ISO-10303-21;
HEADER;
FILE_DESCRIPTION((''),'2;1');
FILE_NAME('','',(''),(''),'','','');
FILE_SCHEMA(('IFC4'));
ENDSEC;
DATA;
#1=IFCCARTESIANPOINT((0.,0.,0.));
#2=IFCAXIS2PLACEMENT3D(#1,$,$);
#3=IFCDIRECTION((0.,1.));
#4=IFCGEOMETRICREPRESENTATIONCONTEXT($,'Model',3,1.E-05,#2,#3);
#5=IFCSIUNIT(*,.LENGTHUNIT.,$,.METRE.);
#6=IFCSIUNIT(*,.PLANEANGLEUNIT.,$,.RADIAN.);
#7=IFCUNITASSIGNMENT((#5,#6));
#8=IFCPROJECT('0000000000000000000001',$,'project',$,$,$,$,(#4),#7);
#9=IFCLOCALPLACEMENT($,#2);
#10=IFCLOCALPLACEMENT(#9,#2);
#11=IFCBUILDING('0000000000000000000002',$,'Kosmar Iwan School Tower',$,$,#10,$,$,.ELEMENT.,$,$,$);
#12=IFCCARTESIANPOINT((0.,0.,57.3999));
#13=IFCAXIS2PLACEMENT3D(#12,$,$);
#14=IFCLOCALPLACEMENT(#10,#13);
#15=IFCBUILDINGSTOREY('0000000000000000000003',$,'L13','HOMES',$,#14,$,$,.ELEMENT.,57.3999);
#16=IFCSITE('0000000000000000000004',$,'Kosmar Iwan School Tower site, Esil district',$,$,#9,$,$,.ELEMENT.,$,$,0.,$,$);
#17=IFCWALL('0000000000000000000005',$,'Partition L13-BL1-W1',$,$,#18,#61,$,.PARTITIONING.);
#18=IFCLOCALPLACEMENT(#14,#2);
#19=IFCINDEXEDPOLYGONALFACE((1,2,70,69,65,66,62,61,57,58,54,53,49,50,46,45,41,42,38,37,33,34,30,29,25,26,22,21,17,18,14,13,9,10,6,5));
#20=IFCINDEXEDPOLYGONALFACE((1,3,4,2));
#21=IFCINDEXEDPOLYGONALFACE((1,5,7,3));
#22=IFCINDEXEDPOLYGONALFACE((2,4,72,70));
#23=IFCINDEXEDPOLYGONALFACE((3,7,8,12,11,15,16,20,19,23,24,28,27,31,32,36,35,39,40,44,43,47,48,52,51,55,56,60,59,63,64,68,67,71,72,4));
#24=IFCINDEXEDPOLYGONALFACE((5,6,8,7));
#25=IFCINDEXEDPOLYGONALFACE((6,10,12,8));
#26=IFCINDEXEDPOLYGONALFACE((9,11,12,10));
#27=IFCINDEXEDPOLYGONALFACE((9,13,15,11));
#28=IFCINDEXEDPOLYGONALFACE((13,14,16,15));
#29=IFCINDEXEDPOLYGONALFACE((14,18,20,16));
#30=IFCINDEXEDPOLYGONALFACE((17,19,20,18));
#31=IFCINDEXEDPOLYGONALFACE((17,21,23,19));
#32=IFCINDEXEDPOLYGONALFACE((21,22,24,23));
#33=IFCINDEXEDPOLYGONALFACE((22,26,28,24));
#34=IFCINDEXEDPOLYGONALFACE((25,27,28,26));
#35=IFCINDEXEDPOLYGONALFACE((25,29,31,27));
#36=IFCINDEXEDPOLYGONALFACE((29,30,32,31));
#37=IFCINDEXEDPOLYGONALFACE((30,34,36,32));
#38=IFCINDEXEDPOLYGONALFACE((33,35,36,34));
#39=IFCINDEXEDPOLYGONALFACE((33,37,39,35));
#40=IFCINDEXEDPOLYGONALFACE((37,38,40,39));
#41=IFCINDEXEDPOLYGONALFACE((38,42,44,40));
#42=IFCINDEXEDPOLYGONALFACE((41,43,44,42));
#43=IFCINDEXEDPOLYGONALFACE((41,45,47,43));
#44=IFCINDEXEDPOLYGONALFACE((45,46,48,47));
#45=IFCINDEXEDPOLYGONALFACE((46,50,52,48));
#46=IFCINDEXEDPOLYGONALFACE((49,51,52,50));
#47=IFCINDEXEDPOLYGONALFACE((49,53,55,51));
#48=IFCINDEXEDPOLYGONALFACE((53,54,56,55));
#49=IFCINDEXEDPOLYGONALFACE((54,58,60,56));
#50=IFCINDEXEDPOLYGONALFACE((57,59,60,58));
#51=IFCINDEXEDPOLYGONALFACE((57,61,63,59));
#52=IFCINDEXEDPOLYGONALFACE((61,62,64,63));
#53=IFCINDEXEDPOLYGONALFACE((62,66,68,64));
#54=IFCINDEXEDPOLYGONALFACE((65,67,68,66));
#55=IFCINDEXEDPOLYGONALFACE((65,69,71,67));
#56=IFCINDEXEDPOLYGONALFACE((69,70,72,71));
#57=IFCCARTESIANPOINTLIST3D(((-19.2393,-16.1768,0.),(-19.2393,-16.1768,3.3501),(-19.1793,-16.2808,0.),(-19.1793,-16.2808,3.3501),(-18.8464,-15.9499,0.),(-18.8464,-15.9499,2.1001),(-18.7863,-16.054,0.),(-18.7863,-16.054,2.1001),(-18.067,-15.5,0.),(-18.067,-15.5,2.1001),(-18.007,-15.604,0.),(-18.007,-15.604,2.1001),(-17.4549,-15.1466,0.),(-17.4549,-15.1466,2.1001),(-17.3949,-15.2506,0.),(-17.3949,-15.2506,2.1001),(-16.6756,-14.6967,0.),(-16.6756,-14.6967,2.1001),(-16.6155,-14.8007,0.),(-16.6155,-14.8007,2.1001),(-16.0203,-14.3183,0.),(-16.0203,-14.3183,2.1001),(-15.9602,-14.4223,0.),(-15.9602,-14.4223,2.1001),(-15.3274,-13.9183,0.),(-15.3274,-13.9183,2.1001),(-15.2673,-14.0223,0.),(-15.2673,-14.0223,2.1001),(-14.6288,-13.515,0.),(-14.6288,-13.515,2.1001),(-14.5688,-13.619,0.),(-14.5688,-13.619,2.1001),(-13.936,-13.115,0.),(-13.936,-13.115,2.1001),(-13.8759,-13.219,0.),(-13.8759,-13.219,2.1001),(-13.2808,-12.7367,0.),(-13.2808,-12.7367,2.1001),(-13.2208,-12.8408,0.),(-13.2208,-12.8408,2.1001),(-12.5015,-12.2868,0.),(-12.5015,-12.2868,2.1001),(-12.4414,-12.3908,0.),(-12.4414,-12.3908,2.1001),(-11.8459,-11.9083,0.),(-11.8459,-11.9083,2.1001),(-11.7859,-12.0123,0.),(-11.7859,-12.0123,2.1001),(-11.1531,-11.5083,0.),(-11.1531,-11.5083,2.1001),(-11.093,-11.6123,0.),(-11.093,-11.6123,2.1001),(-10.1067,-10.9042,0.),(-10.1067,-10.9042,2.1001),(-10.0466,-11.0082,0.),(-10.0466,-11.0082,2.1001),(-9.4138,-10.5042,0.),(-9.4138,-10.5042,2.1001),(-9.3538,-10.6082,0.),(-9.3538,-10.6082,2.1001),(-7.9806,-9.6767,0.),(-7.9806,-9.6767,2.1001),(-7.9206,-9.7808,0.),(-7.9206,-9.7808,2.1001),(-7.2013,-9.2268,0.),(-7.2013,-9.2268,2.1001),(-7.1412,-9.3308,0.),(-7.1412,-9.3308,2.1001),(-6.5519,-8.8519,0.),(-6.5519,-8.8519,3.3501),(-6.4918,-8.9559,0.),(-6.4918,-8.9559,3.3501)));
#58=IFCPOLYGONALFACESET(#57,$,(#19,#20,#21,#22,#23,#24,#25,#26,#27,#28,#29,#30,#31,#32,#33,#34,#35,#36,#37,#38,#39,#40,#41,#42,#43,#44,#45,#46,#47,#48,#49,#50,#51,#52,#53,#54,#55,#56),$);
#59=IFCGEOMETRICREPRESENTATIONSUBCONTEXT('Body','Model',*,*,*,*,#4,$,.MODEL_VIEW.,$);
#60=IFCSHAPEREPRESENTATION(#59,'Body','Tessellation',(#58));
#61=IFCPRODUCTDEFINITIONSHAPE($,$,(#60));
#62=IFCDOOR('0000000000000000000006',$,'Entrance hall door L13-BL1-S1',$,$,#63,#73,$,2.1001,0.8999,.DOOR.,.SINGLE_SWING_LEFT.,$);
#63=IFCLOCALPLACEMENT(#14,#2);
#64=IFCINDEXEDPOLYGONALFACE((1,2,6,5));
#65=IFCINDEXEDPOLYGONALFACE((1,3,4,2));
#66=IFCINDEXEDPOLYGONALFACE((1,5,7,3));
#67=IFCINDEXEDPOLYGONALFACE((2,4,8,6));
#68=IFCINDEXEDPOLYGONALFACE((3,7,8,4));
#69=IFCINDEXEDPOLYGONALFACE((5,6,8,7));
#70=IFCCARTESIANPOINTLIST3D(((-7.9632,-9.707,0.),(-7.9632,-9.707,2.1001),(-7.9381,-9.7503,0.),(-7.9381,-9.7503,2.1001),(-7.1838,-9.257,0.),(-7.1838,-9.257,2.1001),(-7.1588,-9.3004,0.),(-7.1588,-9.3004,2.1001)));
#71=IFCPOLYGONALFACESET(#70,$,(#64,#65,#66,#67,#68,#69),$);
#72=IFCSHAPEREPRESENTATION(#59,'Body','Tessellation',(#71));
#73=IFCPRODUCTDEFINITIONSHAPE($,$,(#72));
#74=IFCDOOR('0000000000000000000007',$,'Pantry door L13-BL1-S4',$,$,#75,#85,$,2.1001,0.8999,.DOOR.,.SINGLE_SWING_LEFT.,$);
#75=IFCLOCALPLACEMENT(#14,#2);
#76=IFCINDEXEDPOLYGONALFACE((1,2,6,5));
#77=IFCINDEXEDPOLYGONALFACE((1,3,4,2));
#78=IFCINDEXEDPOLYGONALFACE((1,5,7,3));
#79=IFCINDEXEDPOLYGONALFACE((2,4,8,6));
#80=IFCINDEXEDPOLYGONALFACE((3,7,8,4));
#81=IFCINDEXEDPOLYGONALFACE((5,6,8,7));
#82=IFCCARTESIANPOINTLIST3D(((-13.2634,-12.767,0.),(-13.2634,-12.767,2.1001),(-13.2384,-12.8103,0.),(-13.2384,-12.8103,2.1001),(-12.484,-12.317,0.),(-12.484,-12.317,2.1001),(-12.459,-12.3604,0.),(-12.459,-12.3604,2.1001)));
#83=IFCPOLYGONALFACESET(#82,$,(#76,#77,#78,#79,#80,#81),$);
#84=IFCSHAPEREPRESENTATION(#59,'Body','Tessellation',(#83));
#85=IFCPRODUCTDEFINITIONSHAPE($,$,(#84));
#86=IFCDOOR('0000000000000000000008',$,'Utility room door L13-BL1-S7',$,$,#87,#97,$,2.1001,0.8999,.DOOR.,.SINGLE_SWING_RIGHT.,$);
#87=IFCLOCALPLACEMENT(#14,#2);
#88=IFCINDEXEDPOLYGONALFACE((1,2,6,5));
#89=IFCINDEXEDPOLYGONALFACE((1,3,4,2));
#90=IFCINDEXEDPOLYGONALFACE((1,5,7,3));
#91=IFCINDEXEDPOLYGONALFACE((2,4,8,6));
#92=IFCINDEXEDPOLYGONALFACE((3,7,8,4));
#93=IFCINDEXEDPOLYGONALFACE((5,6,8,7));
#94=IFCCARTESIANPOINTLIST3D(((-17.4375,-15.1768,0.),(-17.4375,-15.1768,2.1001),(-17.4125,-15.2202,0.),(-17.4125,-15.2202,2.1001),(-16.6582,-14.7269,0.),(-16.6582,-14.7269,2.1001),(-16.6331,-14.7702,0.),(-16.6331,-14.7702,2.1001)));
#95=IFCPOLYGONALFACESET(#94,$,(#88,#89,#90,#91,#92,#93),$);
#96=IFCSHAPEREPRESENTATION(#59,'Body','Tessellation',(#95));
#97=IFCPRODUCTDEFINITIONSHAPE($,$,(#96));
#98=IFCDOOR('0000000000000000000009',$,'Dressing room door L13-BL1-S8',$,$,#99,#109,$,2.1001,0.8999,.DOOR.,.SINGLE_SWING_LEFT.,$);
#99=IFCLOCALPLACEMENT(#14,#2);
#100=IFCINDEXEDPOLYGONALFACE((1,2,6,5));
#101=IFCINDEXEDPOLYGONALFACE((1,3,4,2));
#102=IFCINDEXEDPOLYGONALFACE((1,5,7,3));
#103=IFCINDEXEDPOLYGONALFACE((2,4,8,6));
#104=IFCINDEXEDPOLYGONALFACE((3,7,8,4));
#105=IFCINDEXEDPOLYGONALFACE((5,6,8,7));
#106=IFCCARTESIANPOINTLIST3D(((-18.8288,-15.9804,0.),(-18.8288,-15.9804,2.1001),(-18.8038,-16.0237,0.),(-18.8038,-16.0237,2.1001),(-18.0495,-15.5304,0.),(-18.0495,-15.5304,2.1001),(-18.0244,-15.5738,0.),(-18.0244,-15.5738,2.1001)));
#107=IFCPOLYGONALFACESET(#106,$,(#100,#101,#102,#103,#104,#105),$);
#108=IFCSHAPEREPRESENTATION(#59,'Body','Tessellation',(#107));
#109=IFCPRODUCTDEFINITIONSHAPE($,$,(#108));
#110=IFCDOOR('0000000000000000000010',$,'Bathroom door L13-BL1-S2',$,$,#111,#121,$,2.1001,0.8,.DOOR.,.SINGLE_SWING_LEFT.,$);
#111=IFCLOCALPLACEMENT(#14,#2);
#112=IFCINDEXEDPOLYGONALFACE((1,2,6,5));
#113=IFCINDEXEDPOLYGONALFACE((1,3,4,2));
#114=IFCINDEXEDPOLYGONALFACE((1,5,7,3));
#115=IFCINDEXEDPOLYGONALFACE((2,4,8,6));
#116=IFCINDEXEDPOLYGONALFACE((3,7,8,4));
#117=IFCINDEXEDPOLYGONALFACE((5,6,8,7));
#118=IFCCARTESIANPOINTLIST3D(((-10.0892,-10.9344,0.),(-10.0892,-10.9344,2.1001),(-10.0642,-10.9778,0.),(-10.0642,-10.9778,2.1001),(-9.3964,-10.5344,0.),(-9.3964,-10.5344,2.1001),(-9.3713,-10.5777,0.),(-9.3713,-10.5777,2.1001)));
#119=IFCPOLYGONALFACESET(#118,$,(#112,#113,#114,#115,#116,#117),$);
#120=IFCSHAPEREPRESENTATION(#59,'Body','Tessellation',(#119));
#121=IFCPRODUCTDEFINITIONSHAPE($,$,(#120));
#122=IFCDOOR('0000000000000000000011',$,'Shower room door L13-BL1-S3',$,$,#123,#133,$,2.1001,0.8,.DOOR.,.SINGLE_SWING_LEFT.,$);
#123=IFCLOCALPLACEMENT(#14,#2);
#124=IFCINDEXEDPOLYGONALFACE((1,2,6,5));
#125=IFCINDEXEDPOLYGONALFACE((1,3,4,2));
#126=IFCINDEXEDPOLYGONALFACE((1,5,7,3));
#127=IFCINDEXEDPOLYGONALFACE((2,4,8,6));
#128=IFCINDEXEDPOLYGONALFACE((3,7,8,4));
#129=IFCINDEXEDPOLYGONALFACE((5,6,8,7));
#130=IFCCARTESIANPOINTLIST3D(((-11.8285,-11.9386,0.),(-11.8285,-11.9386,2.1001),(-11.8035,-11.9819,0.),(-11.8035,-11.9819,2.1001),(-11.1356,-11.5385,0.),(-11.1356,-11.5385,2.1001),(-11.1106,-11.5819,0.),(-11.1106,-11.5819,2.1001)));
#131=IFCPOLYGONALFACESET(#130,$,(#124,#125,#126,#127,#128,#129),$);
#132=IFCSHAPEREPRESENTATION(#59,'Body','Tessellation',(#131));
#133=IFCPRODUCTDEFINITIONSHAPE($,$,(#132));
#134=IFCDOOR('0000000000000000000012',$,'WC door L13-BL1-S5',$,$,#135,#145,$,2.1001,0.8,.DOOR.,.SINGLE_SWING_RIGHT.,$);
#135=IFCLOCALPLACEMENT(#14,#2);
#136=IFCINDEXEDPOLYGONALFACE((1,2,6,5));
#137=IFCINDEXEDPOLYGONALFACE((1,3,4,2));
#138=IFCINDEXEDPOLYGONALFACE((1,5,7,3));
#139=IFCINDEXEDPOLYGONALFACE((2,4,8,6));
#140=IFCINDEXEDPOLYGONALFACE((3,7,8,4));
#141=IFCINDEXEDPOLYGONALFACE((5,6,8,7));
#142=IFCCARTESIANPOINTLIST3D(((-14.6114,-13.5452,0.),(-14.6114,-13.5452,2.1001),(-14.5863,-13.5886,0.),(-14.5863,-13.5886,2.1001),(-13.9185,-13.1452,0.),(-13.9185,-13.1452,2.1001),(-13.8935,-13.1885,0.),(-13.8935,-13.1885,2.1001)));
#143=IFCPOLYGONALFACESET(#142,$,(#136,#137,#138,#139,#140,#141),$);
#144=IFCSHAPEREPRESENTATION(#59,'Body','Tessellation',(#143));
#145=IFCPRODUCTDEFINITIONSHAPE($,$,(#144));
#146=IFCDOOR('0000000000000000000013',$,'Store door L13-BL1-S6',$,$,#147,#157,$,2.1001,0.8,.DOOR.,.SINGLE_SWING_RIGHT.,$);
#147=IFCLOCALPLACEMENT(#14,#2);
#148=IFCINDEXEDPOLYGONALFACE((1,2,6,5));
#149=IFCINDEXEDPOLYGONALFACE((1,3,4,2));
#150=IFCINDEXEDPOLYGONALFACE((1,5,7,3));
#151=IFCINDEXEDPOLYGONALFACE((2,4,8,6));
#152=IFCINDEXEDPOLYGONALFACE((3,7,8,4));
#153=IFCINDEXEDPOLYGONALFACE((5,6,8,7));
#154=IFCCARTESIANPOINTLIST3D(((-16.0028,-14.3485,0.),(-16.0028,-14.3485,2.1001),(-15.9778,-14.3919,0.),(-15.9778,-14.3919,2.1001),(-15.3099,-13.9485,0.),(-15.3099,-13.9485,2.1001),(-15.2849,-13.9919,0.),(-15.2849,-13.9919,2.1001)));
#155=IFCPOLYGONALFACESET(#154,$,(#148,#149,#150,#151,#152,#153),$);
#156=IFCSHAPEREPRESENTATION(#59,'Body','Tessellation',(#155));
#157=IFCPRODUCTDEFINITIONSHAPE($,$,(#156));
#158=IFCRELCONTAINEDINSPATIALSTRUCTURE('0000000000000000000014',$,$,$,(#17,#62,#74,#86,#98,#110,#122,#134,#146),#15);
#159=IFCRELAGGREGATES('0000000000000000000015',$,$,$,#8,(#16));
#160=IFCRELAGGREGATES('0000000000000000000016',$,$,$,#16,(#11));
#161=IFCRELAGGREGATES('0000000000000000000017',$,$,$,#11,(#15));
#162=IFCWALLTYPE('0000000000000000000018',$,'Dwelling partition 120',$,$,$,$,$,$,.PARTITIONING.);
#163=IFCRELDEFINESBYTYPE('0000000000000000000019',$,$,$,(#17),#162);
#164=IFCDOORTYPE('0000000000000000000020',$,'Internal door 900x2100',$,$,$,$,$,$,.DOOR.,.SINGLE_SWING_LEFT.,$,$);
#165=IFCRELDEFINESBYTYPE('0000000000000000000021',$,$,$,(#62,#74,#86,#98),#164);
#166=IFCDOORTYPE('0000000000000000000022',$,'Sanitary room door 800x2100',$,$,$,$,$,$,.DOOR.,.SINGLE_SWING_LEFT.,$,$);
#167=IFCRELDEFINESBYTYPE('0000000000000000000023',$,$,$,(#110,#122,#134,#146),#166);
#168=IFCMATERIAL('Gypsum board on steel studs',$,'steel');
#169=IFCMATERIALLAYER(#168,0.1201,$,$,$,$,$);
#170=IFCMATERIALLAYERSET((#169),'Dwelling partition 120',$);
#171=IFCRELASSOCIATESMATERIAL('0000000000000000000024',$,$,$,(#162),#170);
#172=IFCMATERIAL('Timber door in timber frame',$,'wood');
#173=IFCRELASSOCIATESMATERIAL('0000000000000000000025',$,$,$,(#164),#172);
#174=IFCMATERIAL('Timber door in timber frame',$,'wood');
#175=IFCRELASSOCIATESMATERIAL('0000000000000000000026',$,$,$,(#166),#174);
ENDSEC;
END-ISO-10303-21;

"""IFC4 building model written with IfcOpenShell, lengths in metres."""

from ifc_helpers import new_model, si_unit, direction, frame, frame_2d, origin, place, context, subcontext, project, spatial, rectangle, extrude, material, layer, layer_set, type_object, element, fill, save


model = new_model("IFC4")

# Units and contexts
model_context = context("Model", 3, precision=1e-05, world=origin(), true_north=direction((0.0, 1.0)))
body_context = subcontext(model_context, "Body", "Model", "MODEL_VIEW")
ifc_project = project(units=[si_unit("LENGTHUNIT", "METRE"), si_unit("PLANEANGLEUNIT", "RADIAN")], contexts=[model_context])

# Site, building, storey
site_placement = place(None, origin())
site = spatial("IfcSite", under=ifc_project, at=site_placement, Name="Kosmar Iwan School Tower site, Esil district", CompositionType="ELEMENT", RefElevation=0.0)
building_placement = place(site_placement, origin())
building = spatial("IfcBuilding", under=site, at=building_placement, Name="Kosmar Iwan School Tower", CompositionType="ELEMENT")
storey_placement = place(building_placement, frame((0.0, 0.0, 57.3999)))
storey = spatial("IfcBuildingStorey", under=building, at=storey_placement, Name="L13", Description="HOMES", CompositionType="ELEMENT", Elevation=57.3999)

# Wall, openings, doors
ifc_material_1 = material(Name="Gypsum board on steel studs", Category="steel")
ifc_layer_1 = layer(ifc_material_1, 0.1201)
ifc_layer_set_1 = layer_set([ifc_layer_1], Name="Dwelling partition 120")
wall_type_1 = type_object("IfcWallType", Name="Dwelling partition 120", PredefinedType="PARTITIONING", material=ifc_layer_set_1)
wall_1_placement = place(storey_placement, frame((-6.5217, -8.9038, 0.0), z_axis=(0.0, 0.0, 1.0), x_axis=(-0.866031, -0.499991, 0.0)))
wall_1 = element("IfcWall", 1, at=wall_1_placement, inside=storey, type_object=wall_type_1, Name="Partition L13-BL1-W1", PredefinedType="PARTITIONING", context=body_context, shape_type="SweptSolid", body=[
    extrude(rectangle(XDim=14.6501, YDim=0.1201, at=frame_2d((7.3252, 0.0))), origin(), (0.0, 0.0, 1.0), 3.3501),
])
opening_1_placement = place(wall_1_placement, frame((0.75, 0.0, 0.0)))
opening_1 = element("IfcOpeningElement", 2, at=opening_1_placement, cuts=wall_1, PredefinedType="OPENING", context=body_context, shape_type="SweptSolid", body=[
    extrude(rectangle(XDim=0.8999, YDim=2.1001, at=frame_2d((0.45, 1.05))), frame((0.0, 0.072, 0.0), z_axis=(0.0, -1.0, 0.0), x_axis=(1.0, 0.0, 0.0)), (0.0, 0.0, 1.0), 0.144),
])
opening_2_placement = place(wall_1_placement, frame((3.3049, 0.0, 0.0)))
opening_2 = element("IfcOpeningElement", 3, at=opening_2_placement, cuts=wall_1, PredefinedType="OPENING", context=body_context, shape_type="SweptSolid", body=[
    extrude(rectangle(XDim=0.8, YDim=2.1001, at=frame_2d((0.3999, 1.05))), frame((0.0, 0.072, 0.0), z_axis=(0.0, -1.0, 0.0), x_axis=(1.0, 0.0, 0.0)), (0.0, 0.0, 1.0), 0.144),
])
opening_3_placement = place(wall_1_placement, frame((5.3132, 0.0, 0.0)))
opening_3 = element("IfcOpeningElement", 4, at=opening_3_placement, cuts=wall_1, PredefinedType="OPENING", context=body_context, shape_type="SweptSolid", body=[
    extrude(rectangle(XDim=0.8, YDim=2.1001, at=frame_2d((0.3999, 1.05))), frame((0.0, 0.072, 0.0), z_axis=(0.0, -1.0, 0.0), x_axis=(1.0, 0.0, 0.0)), (0.0, 0.0, 1.0), 0.144),
])
opening_4_placement = place(wall_1_placement, frame((6.8701, 0.0, 0.0)))
opening_4 = element("IfcOpeningElement", 5, at=opening_4_placement, cuts=wall_1, PredefinedType="OPENING", context=body_context, shape_type="SweptSolid", body=[
    extrude(rectangle(XDim=0.8999, YDim=2.1001, at=frame_2d((0.45, 1.05))), frame((0.0, 0.072, 0.0), z_axis=(0.0, -1.0, 0.0), x_axis=(1.0, 0.0, 0.0)), (0.0, 0.0, 1.0), 0.144),
])
opening_5_placement = place(wall_1_placement, frame((8.5266, 0.0, 0.0)))
opening_5 = element("IfcOpeningElement", 6, at=opening_5_placement, cuts=wall_1, PredefinedType="OPENING", context=body_context, shape_type="SweptSolid", body=[
    extrude(rectangle(XDim=0.8, YDim=2.1001, at=frame_2d((0.3999, 1.05))), frame((0.0, 0.072, 0.0), z_axis=(0.0, -1.0, 0.0), x_axis=(1.0, 0.0, 0.0)), (0.0, 0.0, 1.0), 0.144),
])
opening_6_placement = place(wall_1_placement, frame((10.1333, 0.0, 0.0)))
opening_6 = element("IfcOpeningElement", 7, at=opening_6_placement, cuts=wall_1, PredefinedType="OPENING", context=body_context, shape_type="SweptSolid", body=[
    extrude(rectangle(XDim=0.8, YDim=2.1001, at=frame_2d((0.3999, 1.05))), frame((0.0, 0.072, 0.0), z_axis=(0.0, -1.0, 0.0), x_axis=(1.0, 0.0, 0.0)), (0.0, 0.0, 1.0), 0.144),
])
opening_7_placement = place(wall_1_placement, frame((11.6899, 0.0, 0.0)))
opening_7 = element("IfcOpeningElement", 8, at=opening_7_placement, cuts=wall_1, PredefinedType="OPENING", context=body_context, shape_type="SweptSolid", body=[
    extrude(rectangle(XDim=0.8999, YDim=2.1001, at=frame_2d((0.45, 1.05))), frame((0.0, 0.072, 0.0), z_axis=(0.0, -1.0, 0.0), x_axis=(1.0, 0.0, 0.0)), (0.0, 0.0, 1.0), 0.144),
])
opening_8_placement = place(wall_1_placement, frame((13.2966, 0.0, 0.0)))
opening_8 = element("IfcOpeningElement", 9, at=opening_8_placement, cuts=wall_1, PredefinedType="OPENING", context=body_context, shape_type="SweptSolid", body=[
    extrude(rectangle(XDim=0.8999, YDim=2.1001, at=frame_2d((0.45, 1.05))), frame((0.0, 0.072, 0.0), z_axis=(0.0, -1.0, 0.0), x_axis=(1.0, 0.0, 0.0)), (0.0, 0.0, 1.0), 0.144),
])
ifc_material_2 = material(Name="Timber door in timber frame", Category="wood")
door_type_1 = type_object("IfcDoorType", Name="Internal door 900x2100", OperationType="SINGLE_SWING_LEFT", PredefinedType="DOOR", material=ifc_material_2)
door_1_placement = place(opening_1_placement, origin())
door_1 = element("IfcDoor", 10, at=door_1_placement, inside=storey, type_object=door_type_1, Name="Entrance hall door L13-BL1-S1", OperationType="SINGLE_SWING_LEFT", OverallHeight=2.1001, OverallWidth=0.8999, PredefinedType="DOOR", context=body_context, shape_type="SweptSolid", body=[
    extrude(rectangle(XDim=0.8999, YDim=2.1001, at=frame_2d((0.45, 1.05))), frame((0.0, 0.0249, 0.0), z_axis=(0.0, -1.0, 0.0), x_axis=(1.0, 0.0, 0.0)), (0.0, 0.0, 1.0), 0.05),
])
fill(opening_1, door_1)
door_2_placement = place(opening_4_placement, origin())
door_2 = element("IfcDoor", 11, at=door_2_placement, inside=storey, type_object=door_type_1, Name="Pantry door L13-BL1-S4", OperationType="SINGLE_SWING_LEFT", OverallHeight=2.1001, OverallWidth=0.8999, PredefinedType="DOOR", context=body_context, shape_type="SweptSolid", body=[
    extrude(rectangle(XDim=0.8999, YDim=2.1001, at=frame_2d((0.45, 1.05))), frame((0.0, 0.0249, 0.0), z_axis=(0.0, -1.0, 0.0), x_axis=(1.0, 0.0, 0.0)), (0.0, 0.0, 1.0), 0.05),
])
fill(opening_4, door_2)
door_3_placement = place(opening_7_placement, origin())
door_3 = element("IfcDoor", 12, at=door_3_placement, inside=storey, type_object=door_type_1, Name="Utility room door L13-BL1-S7", OperationType="SINGLE_SWING_RIGHT", OverallHeight=2.1001, OverallWidth=0.8999, PredefinedType="DOOR", context=body_context, shape_type="SweptSolid", body=[
    extrude(rectangle(XDim=0.8999, YDim=2.1001, at=frame_2d((0.45, 1.05))), frame((0.0, 0.0249, 0.0), z_axis=(0.0, -1.0, 0.0), x_axis=(1.0, 0.0, 0.0)), (0.0, 0.0, 1.0), 0.05),
])
fill(opening_7, door_3)
door_4_placement = place(opening_8_placement, frame((0.8999, 0.0, 0.0), z_axis=(0.0, 0.0, 1.0), x_axis=(-1.0, 0.0, 0.0)))
door_4 = element("IfcDoor", 13, at=door_4_placement, inside=storey, type_object=door_type_1, Name="Dressing room door L13-BL1-S8", OperationType="SINGLE_SWING_LEFT", OverallHeight=2.1001, OverallWidth=0.8999, PredefinedType="DOOR", context=body_context, shape_type="SweptSolid", body=[
    extrude(rectangle(XDim=0.8999, YDim=2.1001, at=frame_2d((0.45, 1.05))), frame((0.0, 0.0249, 0.0), z_axis=(0.0, -1.0, 0.0), x_axis=(1.0, 0.0, 0.0)), (0.0, 0.0, 1.0), 0.05),
])
fill(opening_8, door_4)
ifc_material_3 = material(Name="Timber door in timber frame", Category="wood")
door_type_2 = type_object("IfcDoorType", Name="Sanitary room door 800x2100", OperationType="SINGLE_SWING_LEFT", PredefinedType="DOOR", material=ifc_material_3)
door_5_placement = place(opening_2_placement, origin())
door_5 = element("IfcDoor", 14, at=door_5_placement, inside=storey, type_object=door_type_2, Name="Bathroom door L13-BL1-S2", OperationType="SINGLE_SWING_LEFT", OverallHeight=2.1001, OverallWidth=0.8, PredefinedType="DOOR", context=body_context, shape_type="SweptSolid", body=[
    extrude(rectangle(XDim=0.8, YDim=2.1001, at=frame_2d((0.3999, 1.05))), frame((0.0, 0.0249, 0.0), z_axis=(0.0, -1.0, 0.0), x_axis=(1.0, 0.0, 0.0)), (0.0, 0.0, 1.0), 0.05),
])
fill(opening_2, door_5)
door_6_placement = place(opening_3_placement, origin())
door_6 = element("IfcDoor", 15, at=door_6_placement, inside=storey, type_object=door_type_2, Name="Shower room door L13-BL1-S3", OperationType="SINGLE_SWING_LEFT", OverallHeight=2.1001, OverallWidth=0.8, PredefinedType="DOOR", context=body_context, shape_type="SweptSolid", body=[
    extrude(rectangle(XDim=0.8, YDim=2.1001, at=frame_2d((0.3999, 1.05))), frame((0.0, 0.0249, 0.0), z_axis=(0.0, -1.0, 0.0), x_axis=(1.0, 0.0, 0.0)), (0.0, 0.0, 1.0), 0.05),
])
fill(opening_3, door_6)
door_7_placement = place(opening_5_placement, origin())
door_7 = element("IfcDoor", 16, at=door_7_placement, inside=storey, type_object=door_type_2, Name="WC door L13-BL1-S5", OperationType="SINGLE_SWING_RIGHT", OverallHeight=2.1001, OverallWidth=0.8, PredefinedType="DOOR", context=body_context, shape_type="SweptSolid", body=[
    extrude(rectangle(XDim=0.8, YDim=2.1001, at=frame_2d((0.3999, 1.05))), frame((0.0, 0.0249, 0.0), z_axis=(0.0, -1.0, 0.0), x_axis=(1.0, 0.0, 0.0)), (0.0, 0.0, 1.0), 0.05),
])
fill(opening_5, door_7)
door_8_placement = place(opening_6_placement, origin())
door_8 = element("IfcDoor", 17, at=door_8_placement, inside=storey, type_object=door_type_2, Name="Store door L13-BL1-S6", OperationType="SINGLE_SWING_RIGHT", OverallHeight=2.1001, OverallWidth=0.8, PredefinedType="DOOR", context=body_context, shape_type="SweptSolid", body=[
    extrude(rectangle(XDim=0.8, YDim=2.1001, at=frame_2d((0.3999, 1.05))), frame((0.0, 0.0249, 0.0), z_axis=(0.0, -1.0, 0.0), x_axis=(1.0, 0.0, 0.0)), (0.0, 0.0, 1.0), 0.05),
])
fill(opening_6, door_8)

save(model, "model.ifc")
